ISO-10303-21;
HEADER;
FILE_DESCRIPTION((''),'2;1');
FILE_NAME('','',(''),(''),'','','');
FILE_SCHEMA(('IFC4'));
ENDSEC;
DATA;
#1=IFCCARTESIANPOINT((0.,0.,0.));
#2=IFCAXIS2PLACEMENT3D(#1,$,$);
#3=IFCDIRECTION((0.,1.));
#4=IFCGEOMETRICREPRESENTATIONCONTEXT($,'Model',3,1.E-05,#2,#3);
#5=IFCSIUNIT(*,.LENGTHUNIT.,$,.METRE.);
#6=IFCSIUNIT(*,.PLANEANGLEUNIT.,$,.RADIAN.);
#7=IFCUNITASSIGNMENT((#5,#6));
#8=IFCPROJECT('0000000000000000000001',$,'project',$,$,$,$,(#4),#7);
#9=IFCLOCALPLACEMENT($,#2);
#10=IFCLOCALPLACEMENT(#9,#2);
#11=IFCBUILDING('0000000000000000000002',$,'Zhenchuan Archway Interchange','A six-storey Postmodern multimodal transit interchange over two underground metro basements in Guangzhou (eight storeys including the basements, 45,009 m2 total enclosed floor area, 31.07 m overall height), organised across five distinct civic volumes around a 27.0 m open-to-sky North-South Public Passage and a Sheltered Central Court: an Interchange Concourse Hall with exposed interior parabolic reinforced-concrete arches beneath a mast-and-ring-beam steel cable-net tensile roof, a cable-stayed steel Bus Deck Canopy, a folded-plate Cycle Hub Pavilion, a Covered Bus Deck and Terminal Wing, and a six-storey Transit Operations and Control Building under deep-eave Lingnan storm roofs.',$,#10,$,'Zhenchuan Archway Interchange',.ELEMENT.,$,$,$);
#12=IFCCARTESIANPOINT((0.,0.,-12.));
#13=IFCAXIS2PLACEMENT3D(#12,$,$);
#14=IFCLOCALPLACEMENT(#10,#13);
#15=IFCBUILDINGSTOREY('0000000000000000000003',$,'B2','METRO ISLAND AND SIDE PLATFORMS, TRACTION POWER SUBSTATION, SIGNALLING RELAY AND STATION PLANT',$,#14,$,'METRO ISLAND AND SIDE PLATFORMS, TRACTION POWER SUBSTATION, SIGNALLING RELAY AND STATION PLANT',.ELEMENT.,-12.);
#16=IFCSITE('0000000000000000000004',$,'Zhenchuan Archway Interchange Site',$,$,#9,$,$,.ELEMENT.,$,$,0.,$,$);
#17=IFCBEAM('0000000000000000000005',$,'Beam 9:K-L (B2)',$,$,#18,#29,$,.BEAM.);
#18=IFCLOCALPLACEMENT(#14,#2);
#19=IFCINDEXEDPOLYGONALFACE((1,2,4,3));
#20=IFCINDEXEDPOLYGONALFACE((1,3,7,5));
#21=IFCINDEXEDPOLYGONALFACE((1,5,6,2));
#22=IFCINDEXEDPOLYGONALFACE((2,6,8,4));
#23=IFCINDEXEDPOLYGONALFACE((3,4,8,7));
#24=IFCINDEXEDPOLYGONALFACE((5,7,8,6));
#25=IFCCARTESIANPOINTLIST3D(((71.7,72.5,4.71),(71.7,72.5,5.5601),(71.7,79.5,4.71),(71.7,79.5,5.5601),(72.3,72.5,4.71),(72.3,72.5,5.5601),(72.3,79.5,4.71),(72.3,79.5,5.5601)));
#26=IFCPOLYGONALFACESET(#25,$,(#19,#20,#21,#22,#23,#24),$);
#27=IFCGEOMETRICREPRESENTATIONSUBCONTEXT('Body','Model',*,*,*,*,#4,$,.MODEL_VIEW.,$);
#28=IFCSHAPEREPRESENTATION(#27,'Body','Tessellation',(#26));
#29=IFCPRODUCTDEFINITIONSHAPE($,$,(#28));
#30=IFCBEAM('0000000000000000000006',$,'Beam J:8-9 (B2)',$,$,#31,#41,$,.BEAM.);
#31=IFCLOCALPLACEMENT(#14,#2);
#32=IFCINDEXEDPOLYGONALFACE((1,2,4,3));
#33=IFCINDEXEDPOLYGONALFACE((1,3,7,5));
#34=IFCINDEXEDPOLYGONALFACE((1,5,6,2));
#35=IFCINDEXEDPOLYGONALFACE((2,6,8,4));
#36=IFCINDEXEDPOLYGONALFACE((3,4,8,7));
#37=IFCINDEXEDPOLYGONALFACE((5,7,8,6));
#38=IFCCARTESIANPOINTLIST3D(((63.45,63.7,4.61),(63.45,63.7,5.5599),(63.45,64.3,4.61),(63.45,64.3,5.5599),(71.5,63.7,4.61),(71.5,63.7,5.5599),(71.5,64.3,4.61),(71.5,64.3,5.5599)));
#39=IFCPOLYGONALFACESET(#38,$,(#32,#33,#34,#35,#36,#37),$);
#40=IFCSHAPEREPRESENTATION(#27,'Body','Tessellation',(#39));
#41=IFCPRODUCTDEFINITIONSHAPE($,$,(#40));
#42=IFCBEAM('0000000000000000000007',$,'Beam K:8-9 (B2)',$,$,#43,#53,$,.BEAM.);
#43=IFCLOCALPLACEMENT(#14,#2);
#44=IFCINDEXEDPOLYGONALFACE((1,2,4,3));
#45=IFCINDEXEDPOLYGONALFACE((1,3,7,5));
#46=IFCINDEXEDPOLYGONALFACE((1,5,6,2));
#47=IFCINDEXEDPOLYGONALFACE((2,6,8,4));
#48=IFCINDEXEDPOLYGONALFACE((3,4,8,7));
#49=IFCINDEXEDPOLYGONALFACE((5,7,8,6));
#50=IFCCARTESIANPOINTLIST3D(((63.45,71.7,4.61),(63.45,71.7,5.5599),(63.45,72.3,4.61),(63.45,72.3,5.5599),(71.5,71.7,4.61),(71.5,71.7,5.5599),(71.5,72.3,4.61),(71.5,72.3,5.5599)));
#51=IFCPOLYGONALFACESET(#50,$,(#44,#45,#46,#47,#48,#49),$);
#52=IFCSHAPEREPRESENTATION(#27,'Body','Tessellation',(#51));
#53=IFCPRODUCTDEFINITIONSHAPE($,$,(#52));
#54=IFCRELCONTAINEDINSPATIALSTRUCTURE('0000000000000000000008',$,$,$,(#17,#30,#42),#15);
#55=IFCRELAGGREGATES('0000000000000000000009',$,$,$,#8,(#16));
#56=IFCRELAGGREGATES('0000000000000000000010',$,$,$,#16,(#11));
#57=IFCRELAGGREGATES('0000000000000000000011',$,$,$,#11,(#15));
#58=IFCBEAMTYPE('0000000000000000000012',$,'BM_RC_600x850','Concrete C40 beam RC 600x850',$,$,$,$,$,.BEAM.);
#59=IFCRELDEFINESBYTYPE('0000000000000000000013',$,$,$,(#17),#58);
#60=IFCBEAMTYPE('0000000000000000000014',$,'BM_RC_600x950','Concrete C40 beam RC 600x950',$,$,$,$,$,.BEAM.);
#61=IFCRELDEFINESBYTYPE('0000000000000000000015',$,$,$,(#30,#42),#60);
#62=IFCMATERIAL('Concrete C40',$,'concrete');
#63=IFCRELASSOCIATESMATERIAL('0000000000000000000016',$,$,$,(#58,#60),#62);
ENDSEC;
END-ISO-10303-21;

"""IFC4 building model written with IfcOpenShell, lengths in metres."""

from ifc_helpers import new_model, si_unit, direction, frame, origin, origin_2d, place, context, subcontext, project, spatial, rectangle, extrude, material, material_profile, profile_set, type_object, element, save


model = new_model("IFC4")

# Units and contexts
model_context = context("Model", 3, precision=1e-05, world=origin(), true_north=direction((0.0, 1.0)))
body_context = subcontext(model_context, "Body", "Model", "MODEL_VIEW")
ifc_project = project(units=[si_unit("LENGTHUNIT", "METRE"), si_unit("PLANEANGLEUNIT", "RADIAN")], contexts=[model_context])

# Site, building, storey
site_placement = place(None, origin())
site = spatial("IfcSite", under=ifc_project, at=site_placement, Name="Zhenchuan Archway Interchange Site", CompositionType="ELEMENT", RefElevation=0.0)
building_placement = place(site_placement, origin())
building = spatial("IfcBuilding", under=site, at=building_placement, Name="Zhenchuan Archway Interchange", Description="A six-storey Postmodern multimodal transit interchange over two underground metro basements in Guangzhou (eight storeys including the basements, 45,009 m2 total enclosed floor area, 31.07 m overall height), organised across five distinct civic volumes around a 27.0 m open-to-sky North-South Public Passage and a Sheltered Central Court: an Interchange Concourse Hall with exposed interior parabolic reinforced-concrete arches beneath a mast-and-ring-beam steel cable-net tensile roof, a cable-stayed steel Bus Deck Canopy, a folded-plate Cycle Hub Pavilion, a Covered Bus Deck and Terminal Wing, and a six-storey Transit Operations and Control Building under deep-eave Lingnan storm roofs.", LongName="Zhenchuan Archway Interchange", CompositionType="ELEMENT")
storey_placement = place(building_placement, frame((0.0, 0.0, -12.0)))
storey = spatial("IfcBuildingStorey", under=building, at=storey_placement, Name="B2", Description="METRO ISLAND AND SIDE PLATFORMS, TRACTION POWER SUBSTATION, SIGNALLING RELAY AND STATION PLANT", LongName="METRO ISLAND AND SIDE PLATFORMS, TRACTION POWER SUBSTATION, SIGNALLING RELAY AND STATION PLANT", CompositionType="ELEMENT", Elevation=-12.0)

# Shared definitions
ifc_material_1 = material(Name="Concrete C40", Category="concrete")

# Beams
ifc_material_profile_1 = material_profile(ifc_material_1, rectangle(XDim=0.6001, YDim=0.8501, at=origin_2d()), Name="RC 600x850")
ifc_profile_set_1 = profile_set([ifc_material_profile_1], Name="Concrete C40")
beam_type_1 = type_object("IfcBeamType", Name="BM_RC_600x850", Description="Concrete C40 beam RC 600x850", PredefinedType="BEAM", material=ifc_profile_set_1)
for number, where, z_axis, x_axis, name in (
    (1, (72.0, 72.5, 5.135), (0.0, 1.0, 0.0), (-1.0, 0.0, 0.0), "Beam 9:K-L (B2)"),
):
    element("IfcBeam", number, at=place(storey_placement, frame(where, z_axis=z_axis, x_axis=x_axis)), inside=storey, type_object=beam_type_1, Name=name, PredefinedType="BEAM", context=body_context, shape_type="SweptSolid", body=[
        extrude(rectangle(XDim=0.6001, YDim=0.8501, at=origin_2d()), origin(), (0.0, 0.0, 1.0), 7.0),
    ])
ifc_material_profile_2 = material_profile(ifc_material_1, rectangle(XDim=0.6001, YDim=0.95, at=origin_2d()), Name="RC 600x950")
ifc_profile_set_2 = profile_set([ifc_material_profile_2], Name="Concrete C40")
beam_type_2 = type_object("IfcBeamType", Name="BM_RC_600x950", Description="Concrete C40 beam RC 600x950", PredefinedType="BEAM", material=ifc_profile_set_2)
for number, where, z_axis, x_axis, name in (
    (2, (63.45, 64.0, 5.085), (1.0, 0.0, 0.0), (0.0, 1.0, 0.0), "Beam J:8-9 (B2)"),
    (3, (63.45, 72.0, 5.085), (1.0, 0.0, 0.0), (0.0, 1.0, 0.0), "Beam K:8-9 (B2)"),
):
    element("IfcBeam", number, at=place(storey_placement, frame(where, z_axis=z_axis, x_axis=x_axis)), inside=storey, type_object=beam_type_2, Name=name, PredefinedType="BEAM", context=body_context, shape_type="SweptSolid", body=[
        extrude(rectangle(XDim=0.6001, YDim=0.95, at=origin_2d()), origin(), (0.0, 0.0, 1.0), 8.05),
    ])

save(model, "model.ifc")
